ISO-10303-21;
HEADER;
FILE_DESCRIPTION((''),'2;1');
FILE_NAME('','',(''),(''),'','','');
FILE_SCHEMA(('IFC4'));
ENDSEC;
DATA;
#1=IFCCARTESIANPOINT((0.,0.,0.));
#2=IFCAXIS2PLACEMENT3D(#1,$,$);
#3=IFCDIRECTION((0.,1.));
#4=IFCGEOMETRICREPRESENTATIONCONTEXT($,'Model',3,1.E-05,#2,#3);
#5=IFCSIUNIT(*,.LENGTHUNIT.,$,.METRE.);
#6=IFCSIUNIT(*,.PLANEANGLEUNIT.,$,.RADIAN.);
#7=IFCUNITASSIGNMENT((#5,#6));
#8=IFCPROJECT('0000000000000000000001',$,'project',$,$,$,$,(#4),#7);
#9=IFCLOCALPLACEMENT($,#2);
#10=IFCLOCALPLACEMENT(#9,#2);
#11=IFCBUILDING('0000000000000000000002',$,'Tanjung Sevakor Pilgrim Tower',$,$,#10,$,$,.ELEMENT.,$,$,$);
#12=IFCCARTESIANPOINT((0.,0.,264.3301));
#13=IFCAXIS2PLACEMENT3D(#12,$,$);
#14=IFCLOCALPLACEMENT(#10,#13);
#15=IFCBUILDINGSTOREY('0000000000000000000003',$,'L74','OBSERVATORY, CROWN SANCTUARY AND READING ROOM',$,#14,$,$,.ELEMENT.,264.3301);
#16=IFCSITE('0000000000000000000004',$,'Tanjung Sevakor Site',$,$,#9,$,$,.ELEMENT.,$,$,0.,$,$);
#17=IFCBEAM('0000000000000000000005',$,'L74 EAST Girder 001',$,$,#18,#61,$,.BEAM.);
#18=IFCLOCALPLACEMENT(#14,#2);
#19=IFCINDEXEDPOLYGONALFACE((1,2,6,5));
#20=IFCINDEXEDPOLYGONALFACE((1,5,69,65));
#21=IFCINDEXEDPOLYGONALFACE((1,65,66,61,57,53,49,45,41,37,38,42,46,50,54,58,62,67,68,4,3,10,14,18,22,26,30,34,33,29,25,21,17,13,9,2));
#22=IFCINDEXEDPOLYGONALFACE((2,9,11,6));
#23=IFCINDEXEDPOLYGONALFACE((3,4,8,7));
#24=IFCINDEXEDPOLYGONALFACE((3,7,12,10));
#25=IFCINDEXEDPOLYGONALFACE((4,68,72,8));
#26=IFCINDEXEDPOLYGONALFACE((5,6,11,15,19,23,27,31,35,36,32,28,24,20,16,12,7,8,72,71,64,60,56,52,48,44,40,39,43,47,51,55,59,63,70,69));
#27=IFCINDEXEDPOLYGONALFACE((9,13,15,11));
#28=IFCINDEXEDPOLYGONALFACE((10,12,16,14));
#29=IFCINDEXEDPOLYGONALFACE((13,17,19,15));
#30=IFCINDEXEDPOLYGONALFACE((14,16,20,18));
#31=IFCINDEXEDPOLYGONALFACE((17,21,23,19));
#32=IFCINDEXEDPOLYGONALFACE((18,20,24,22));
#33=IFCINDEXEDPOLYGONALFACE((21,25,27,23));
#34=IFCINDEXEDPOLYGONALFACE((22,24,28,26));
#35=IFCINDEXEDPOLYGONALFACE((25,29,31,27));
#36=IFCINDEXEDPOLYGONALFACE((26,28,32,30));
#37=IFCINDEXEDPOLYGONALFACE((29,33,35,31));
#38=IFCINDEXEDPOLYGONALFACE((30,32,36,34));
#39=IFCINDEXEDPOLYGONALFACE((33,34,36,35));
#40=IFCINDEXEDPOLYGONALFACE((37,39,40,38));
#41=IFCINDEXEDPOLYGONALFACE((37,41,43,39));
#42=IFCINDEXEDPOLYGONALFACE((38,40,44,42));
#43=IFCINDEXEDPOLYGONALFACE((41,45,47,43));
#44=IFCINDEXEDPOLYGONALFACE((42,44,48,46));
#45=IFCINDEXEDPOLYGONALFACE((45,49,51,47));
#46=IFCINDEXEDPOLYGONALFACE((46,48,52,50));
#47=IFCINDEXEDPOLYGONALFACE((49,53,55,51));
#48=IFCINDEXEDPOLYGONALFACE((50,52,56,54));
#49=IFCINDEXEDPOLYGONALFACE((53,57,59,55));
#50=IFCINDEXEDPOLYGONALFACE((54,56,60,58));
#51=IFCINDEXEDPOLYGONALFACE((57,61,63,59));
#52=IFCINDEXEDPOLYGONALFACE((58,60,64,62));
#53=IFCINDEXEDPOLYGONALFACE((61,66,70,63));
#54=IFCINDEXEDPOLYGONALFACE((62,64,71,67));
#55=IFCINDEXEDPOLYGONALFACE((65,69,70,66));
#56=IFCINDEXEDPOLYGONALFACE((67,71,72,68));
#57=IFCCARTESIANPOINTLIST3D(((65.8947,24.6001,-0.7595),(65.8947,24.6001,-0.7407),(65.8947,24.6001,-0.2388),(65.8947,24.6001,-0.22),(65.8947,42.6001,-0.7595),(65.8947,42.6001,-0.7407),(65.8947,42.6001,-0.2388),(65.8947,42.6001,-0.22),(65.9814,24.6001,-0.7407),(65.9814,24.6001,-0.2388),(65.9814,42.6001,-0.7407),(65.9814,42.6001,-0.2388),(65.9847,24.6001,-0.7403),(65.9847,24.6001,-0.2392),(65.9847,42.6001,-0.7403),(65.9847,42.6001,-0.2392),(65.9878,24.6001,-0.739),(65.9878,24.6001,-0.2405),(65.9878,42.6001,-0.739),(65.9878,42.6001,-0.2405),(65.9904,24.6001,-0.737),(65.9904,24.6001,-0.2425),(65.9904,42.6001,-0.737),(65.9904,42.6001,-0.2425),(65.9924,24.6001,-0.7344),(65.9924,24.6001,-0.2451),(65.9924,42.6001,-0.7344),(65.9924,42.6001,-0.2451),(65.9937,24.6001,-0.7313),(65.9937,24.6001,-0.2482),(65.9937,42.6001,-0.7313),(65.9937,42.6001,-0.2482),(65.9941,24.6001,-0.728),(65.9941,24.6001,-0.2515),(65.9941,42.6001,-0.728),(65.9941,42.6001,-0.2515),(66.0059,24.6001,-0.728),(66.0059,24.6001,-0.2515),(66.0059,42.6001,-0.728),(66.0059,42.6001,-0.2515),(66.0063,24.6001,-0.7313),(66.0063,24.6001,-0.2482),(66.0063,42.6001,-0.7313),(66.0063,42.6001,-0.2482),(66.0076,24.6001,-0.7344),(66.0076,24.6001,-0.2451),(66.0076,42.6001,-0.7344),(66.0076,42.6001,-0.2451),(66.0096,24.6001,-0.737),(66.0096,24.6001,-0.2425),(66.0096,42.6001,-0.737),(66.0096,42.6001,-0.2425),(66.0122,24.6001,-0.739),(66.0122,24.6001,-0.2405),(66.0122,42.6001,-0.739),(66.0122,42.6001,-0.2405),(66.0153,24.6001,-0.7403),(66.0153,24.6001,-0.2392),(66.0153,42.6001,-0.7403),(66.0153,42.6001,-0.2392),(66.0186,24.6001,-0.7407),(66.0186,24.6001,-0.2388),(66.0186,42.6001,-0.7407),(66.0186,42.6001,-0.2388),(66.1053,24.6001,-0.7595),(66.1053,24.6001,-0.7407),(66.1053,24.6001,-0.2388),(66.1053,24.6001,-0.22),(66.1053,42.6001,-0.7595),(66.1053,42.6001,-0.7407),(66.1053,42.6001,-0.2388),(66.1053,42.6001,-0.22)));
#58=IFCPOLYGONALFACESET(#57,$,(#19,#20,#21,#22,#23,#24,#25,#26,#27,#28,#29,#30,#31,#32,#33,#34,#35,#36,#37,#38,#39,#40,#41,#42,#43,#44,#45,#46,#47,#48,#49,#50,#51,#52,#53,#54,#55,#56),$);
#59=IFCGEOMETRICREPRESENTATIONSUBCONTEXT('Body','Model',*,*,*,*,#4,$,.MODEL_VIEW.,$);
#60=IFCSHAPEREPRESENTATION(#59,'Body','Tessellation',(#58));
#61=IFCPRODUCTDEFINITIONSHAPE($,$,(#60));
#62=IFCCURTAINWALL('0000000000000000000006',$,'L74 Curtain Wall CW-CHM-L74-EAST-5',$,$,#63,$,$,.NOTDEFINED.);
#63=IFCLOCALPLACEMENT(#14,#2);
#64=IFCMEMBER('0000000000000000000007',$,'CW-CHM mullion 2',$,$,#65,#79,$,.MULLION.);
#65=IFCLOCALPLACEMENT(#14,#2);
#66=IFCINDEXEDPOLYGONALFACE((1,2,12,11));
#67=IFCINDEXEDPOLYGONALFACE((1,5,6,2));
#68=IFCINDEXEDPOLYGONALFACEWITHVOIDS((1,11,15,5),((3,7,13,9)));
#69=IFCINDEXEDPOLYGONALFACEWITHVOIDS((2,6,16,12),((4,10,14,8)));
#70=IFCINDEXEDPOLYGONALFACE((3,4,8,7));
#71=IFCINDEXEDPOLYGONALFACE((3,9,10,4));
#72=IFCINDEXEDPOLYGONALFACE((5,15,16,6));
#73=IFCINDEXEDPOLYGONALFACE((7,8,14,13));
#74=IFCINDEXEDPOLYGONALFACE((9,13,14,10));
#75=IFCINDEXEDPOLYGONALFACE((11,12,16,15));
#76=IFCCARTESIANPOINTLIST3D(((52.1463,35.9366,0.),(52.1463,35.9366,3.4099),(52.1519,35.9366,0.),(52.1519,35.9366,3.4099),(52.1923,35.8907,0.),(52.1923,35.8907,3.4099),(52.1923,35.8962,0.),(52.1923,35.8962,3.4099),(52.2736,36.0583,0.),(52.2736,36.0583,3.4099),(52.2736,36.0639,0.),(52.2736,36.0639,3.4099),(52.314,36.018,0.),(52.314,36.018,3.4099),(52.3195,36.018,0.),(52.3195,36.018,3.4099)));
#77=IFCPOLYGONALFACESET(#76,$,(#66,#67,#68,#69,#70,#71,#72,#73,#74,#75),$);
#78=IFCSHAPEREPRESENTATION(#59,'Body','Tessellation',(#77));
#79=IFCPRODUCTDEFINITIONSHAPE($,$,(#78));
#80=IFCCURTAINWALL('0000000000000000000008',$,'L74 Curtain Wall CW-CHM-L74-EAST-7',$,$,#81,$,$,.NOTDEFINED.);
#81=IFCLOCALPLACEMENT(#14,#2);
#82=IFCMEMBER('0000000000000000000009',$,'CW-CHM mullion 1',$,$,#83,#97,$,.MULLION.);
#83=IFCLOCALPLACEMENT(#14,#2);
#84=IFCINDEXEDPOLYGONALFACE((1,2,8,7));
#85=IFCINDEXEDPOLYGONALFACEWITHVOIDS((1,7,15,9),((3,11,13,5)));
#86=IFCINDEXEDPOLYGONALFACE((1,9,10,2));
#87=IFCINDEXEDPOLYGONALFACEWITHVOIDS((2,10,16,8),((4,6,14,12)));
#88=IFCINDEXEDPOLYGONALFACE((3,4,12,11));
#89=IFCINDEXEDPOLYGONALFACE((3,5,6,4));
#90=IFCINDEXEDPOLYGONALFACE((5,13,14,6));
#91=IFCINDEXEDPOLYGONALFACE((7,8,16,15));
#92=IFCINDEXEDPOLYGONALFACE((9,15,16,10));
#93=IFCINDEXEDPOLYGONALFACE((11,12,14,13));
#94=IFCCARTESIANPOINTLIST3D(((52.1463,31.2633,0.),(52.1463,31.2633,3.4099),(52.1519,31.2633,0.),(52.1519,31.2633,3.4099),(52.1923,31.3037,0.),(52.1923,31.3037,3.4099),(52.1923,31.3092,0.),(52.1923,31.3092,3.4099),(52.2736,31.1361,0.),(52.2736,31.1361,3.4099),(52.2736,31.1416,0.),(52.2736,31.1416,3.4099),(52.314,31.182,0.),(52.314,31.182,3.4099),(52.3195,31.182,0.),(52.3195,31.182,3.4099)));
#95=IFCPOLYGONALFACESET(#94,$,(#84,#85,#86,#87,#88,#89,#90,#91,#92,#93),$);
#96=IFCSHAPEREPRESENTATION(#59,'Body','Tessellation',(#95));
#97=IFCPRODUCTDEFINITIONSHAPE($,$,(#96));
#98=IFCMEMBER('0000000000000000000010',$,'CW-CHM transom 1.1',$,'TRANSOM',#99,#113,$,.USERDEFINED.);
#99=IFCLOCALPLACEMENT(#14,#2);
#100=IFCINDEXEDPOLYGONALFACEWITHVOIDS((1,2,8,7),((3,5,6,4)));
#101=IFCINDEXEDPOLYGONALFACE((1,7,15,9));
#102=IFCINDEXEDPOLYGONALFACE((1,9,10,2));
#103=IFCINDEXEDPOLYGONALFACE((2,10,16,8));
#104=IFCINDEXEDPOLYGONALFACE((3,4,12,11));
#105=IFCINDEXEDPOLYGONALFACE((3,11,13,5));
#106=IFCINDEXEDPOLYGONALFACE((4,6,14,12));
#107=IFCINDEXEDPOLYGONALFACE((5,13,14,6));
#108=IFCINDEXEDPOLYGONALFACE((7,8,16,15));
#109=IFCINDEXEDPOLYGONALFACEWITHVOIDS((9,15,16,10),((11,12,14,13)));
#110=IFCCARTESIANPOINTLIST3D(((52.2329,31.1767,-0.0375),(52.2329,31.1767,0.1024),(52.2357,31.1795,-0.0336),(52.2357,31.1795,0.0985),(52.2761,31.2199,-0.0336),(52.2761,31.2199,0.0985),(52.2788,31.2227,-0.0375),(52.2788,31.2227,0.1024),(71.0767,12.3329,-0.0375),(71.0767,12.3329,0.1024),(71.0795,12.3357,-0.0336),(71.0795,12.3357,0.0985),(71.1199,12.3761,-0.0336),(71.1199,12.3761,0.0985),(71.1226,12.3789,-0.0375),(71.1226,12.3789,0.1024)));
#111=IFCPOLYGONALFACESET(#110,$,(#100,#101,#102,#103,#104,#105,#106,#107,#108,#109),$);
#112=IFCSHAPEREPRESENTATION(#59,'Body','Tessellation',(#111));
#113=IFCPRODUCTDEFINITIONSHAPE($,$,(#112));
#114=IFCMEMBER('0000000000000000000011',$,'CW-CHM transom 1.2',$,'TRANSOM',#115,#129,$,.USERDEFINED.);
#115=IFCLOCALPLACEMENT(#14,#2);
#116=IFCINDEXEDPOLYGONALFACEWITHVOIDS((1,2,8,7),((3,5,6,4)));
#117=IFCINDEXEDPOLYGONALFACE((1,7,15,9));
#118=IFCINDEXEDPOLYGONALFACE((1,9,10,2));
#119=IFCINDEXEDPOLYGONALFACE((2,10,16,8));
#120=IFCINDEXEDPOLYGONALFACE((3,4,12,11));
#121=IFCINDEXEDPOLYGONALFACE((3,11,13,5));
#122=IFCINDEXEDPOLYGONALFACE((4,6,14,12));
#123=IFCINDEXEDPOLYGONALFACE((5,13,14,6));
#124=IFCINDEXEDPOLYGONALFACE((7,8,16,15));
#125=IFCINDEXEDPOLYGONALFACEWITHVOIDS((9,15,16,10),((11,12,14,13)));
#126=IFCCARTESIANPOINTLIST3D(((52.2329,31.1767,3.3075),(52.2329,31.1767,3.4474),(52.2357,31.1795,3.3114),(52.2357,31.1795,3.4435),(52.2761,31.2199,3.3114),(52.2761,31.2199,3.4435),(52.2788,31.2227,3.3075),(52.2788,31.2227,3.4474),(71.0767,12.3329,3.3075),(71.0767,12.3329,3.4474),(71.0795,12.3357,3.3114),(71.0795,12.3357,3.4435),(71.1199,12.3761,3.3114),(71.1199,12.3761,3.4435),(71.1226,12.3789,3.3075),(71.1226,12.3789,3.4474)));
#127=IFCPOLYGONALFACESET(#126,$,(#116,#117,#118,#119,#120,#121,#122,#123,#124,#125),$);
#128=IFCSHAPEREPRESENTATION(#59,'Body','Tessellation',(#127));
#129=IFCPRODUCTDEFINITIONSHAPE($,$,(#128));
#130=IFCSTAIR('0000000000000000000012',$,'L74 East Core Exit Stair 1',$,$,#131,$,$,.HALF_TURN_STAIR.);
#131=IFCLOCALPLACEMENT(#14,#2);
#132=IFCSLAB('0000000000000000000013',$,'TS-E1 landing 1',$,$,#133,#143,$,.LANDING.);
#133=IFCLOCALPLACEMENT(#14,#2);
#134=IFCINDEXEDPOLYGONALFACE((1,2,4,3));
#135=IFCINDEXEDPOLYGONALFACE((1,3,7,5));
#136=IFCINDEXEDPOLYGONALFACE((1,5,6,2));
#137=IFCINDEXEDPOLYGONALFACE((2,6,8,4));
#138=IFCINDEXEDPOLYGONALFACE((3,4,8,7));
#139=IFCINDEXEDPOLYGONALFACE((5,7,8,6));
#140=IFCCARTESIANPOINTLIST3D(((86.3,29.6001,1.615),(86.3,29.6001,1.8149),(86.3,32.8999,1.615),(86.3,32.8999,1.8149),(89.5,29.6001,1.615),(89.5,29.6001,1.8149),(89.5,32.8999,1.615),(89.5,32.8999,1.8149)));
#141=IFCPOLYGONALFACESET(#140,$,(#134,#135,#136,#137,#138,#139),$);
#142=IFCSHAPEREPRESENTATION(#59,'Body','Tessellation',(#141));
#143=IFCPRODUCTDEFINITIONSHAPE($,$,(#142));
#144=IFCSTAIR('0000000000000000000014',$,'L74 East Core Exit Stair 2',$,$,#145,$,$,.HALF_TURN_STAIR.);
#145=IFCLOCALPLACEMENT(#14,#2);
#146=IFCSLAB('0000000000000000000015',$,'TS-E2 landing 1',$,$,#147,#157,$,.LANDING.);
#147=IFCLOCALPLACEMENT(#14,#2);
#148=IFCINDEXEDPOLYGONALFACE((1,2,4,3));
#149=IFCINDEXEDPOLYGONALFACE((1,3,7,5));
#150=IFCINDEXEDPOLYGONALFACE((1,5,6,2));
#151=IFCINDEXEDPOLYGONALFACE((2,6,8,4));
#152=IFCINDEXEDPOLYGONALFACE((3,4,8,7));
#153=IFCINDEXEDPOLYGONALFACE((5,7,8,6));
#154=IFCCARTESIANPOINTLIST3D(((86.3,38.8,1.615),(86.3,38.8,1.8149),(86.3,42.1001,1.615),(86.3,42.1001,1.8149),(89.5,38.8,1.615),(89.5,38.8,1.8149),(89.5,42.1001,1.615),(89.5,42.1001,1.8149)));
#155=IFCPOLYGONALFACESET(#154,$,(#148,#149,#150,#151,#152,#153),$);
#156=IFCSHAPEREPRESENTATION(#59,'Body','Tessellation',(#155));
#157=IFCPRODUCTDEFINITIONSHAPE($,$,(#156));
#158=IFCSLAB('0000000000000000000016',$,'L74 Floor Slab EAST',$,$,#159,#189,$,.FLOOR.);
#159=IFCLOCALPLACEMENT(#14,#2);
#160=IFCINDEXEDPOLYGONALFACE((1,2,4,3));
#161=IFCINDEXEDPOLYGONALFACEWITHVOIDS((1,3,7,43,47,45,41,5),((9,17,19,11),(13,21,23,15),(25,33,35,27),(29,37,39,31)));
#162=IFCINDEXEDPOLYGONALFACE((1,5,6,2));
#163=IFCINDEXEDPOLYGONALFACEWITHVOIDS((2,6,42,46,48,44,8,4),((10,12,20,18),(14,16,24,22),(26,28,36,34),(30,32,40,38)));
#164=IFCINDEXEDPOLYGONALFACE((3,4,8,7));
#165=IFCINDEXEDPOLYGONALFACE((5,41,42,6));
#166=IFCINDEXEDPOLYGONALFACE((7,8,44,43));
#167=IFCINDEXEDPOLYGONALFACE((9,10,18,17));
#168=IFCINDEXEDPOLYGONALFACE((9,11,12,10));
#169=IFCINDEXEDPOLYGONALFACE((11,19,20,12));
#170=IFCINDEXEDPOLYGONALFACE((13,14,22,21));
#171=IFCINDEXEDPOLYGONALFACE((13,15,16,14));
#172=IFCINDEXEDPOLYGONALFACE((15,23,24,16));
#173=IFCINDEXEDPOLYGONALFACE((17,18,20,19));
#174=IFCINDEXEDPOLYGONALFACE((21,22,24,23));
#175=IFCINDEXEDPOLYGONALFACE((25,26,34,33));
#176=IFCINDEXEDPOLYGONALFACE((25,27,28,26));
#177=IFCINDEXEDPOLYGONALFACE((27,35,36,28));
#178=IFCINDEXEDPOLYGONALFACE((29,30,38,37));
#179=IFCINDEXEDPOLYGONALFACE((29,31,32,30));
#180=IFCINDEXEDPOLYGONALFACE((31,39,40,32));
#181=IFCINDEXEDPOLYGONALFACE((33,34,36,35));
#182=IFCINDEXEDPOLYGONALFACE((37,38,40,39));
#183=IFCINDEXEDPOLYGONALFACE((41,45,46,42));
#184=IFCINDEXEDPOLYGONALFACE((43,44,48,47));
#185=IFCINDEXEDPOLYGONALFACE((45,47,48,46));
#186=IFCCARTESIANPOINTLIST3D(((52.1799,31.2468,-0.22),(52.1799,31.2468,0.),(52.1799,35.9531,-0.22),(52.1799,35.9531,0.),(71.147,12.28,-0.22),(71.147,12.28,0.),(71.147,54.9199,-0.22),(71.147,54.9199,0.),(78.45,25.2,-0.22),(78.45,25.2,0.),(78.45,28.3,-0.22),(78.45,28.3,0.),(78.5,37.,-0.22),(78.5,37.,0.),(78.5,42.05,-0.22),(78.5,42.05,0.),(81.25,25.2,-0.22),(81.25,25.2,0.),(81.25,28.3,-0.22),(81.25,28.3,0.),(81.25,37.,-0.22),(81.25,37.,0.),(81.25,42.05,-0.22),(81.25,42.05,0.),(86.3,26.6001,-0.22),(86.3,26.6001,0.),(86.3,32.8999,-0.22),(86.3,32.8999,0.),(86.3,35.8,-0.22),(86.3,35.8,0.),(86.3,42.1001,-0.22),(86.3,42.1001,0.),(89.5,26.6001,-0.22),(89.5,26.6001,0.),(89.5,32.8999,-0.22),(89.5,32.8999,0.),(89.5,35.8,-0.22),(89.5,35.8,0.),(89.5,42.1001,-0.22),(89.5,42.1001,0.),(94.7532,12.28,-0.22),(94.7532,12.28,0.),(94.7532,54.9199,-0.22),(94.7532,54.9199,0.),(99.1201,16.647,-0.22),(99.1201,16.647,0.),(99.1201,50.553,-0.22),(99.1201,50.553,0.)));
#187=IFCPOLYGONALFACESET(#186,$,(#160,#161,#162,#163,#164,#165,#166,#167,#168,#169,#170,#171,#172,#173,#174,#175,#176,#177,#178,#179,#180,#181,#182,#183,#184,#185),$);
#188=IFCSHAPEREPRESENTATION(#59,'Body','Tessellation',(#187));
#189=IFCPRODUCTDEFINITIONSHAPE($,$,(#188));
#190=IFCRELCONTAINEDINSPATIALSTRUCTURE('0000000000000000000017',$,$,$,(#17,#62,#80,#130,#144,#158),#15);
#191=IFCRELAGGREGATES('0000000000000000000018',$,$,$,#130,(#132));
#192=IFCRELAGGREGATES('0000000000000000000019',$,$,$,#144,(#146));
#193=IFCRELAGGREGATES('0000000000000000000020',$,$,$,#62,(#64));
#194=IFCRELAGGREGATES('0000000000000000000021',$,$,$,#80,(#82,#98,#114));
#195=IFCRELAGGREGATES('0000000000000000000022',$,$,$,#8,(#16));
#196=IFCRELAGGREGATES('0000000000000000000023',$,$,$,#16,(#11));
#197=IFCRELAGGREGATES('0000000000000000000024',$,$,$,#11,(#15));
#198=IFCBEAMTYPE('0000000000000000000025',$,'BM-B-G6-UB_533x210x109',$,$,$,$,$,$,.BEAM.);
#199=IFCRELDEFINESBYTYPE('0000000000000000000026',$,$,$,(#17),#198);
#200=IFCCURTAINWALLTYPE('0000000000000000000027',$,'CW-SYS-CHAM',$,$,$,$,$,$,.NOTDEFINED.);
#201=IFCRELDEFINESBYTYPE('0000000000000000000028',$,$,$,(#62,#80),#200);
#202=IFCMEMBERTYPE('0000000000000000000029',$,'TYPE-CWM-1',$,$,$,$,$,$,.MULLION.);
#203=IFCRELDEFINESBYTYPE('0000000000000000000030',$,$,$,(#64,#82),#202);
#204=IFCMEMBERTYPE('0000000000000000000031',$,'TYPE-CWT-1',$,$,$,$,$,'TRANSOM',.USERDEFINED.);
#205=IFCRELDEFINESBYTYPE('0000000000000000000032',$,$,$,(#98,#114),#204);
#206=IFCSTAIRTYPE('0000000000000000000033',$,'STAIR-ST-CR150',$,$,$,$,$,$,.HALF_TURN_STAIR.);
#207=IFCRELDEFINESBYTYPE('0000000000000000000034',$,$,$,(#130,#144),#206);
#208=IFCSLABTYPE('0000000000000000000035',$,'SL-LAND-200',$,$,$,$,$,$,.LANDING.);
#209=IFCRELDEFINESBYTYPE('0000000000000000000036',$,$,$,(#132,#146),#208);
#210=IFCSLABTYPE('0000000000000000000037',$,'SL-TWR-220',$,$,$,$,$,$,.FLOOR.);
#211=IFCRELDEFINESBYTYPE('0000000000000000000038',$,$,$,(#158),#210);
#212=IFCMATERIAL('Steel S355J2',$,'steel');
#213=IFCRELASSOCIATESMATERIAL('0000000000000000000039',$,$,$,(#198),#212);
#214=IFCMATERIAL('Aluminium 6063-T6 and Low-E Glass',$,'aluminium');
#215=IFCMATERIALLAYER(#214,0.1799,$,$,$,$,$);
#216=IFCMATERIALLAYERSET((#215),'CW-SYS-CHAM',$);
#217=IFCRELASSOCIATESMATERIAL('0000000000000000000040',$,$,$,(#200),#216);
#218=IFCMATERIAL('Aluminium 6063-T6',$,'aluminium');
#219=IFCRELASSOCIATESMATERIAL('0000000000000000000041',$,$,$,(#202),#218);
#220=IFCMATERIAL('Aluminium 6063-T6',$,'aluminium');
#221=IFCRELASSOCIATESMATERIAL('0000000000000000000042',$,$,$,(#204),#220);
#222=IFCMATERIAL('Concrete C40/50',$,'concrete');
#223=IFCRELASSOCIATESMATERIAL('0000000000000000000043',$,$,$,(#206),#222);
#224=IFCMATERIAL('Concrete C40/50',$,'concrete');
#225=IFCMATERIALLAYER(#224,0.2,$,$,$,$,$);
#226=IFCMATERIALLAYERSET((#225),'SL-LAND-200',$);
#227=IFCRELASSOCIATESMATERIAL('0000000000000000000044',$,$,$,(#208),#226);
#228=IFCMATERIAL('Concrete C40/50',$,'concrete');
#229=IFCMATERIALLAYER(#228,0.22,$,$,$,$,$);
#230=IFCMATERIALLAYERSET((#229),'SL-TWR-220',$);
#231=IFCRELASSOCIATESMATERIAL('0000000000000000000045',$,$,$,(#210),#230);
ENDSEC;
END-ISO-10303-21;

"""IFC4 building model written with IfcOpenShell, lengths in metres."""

from ifc_helpers import new_model, si_unit, direction, frame, origin, origin_2d, place, context, subcontext, project, spatial, polyline, hollow_rectangle, i_section, outline, extrude, material, layer, layer_set, material_profile, profile_set, type_object, element, aggregate, save


model = new_model("IFC4")

# Units and contexts
model_context = context("Model", 3, precision=1e-05, world=origin(), true_north=direction((0.0, 1.0)))
body_context = subcontext(model_context, "Body", "Model", "MODEL_VIEW")
ifc_project = project(units=[si_unit("LENGTHUNIT", "METRE"), si_unit("PLANEANGLEUNIT", "RADIAN")], contexts=[model_context])

# Site, building, storey
site_placement = place(None, origin())
site = spatial("IfcSite", under=ifc_project, at=site_placement, Name="Tanjung Sevakor Site", CompositionType="ELEMENT", RefElevation=0.0)
building_placement = place(site_placement, origin())
building = spatial("IfcBuilding", under=site, at=building_placement, Name="Tanjung Sevakor Pilgrim Tower", CompositionType="ELEMENT")
storey_placement = place(building_placement, frame((0.0, 0.0, 264.3301)))
storey = spatial("IfcBuildingStorey", under=building, at=storey_placement, Name="L74", Description="OBSERVATORY, CROWN SANCTUARY AND READING ROOM", CompositionType="ELEMENT", Elevation=264.3301)

# Beam
ifc_material_1 = material(Name="Steel S355J2", Category="steel")
ifc_material_profile_1 = material_profile(ifc_material_1, i_section(OverallWidth=0.2107, OverallDepth=0.5396, WebThickness=0.0117, FlangeThickness=0.0188, FilletRadius=0.0127, at=origin_2d()))
ifc_profile_set_1 = profile_set([ifc_material_profile_1], Name="Steel S355J2")
beam_type_1 = type_object("IfcBeamType", Name="BM-B-G6-UB_533x210x109", PredefinedType="BEAM", material=ifc_profile_set_1)
beam_placement = place(storey_placement, frame((66.0, 24.6001, -0.4897), z_axis=(0.0, 1.0, 0.0), x_axis=(-1.0, 0.0, 0.0)))
element("IfcBeam", 1, at=beam_placement, inside=storey, type_object=beam_type_1, Name="L74 EAST Girder 001", PredefinedType="BEAM", context=body_context, shape_type="SweptSolid", body=[
    extrude(i_section(OverallWidth=0.2107, OverallDepth=0.5396, WebThickness=0.0117, FlangeThickness=0.0188, FilletRadius=0.0127, at=origin_2d()), origin(), (0.0, 0.0, 1.0), 18.0),
])

# Curtain wall, member
ifc_material_2 = material(Name="Aluminium 6063-T6 and Low-E Glass", Category="aluminium")
ifc_layer_1 = layer(ifc_material_2, 0.1799)
ifc_layer_set_1 = layer_set([ifc_layer_1], Name="CW-SYS-CHAM")
curtain_wall_type = type_object("IfcCurtainWallType", Name="CW-SYS-CHAM", PredefinedType="NOTDEFINED", material=ifc_layer_set_1)
curtain_wall_1_placement = place(storey_placement, origin())
curtain_wall_1 = element("IfcCurtainWall", 2, at=curtain_wall_1_placement, inside=storey, type_object=curtain_wall_type, Name="L74 Curtain Wall CW-CHM-L74-EAST-5", PredefinedType="NOTDEFINED")
ifc_material_3 = material(Name="Aluminium 6063-T6", Category="aluminium")
ifc_material_profile_2 = material_profile(ifc_material_3, hollow_rectangle(XDim=0.0649, YDim=0.1799, WallThickness=0.0039, at=origin_2d()))
ifc_profile_set_2 = profile_set([ifc_material_profile_2], Name="Aluminium 6063-T6")
member_type_1 = type_object("IfcMemberType", Name="TYPE-CWM-1", PredefinedType="MULLION", material=ifc_profile_set_2)
member_1_placement = place(storey_placement, frame((52.2329, 35.9773, 0.0), z_axis=(0.0, 0.0, 1.0), x_axis=(0.707107, -0.707107, 0.0)))
member_1 = element("IfcMember", 3, at=member_1_placement, type_object=member_type_1, Name="CW-CHM mullion 2", PredefinedType="MULLION", context=body_context, shape_type="SweptSolid", body=[
    extrude(hollow_rectangle(XDim=0.0649, YDim=0.1799, WallThickness=0.0039, at=origin_2d()), origin(), (0.0, 0.0, 1.0), 3.4099),
])

# Curtain wall, members
curtain_wall_2_placement = place(storey_placement, origin())
curtain_wall_2 = element("IfcCurtainWall", 4, at=curtain_wall_2_placement, inside=storey, type_object=curtain_wall_type, Name="L74 Curtain Wall CW-CHM-L74-EAST-7", PredefinedType="NOTDEFINED")
member_2_placement = place(storey_placement, frame((52.2329, 31.2227, 0.0), z_axis=(0.0, 0.0, 1.0), x_axis=(0.707107, 0.707107, 0.0)))
member_2 = element("IfcMember", 5, at=member_2_placement, type_object=member_type_1, Name="CW-CHM mullion 1", PredefinedType="MULLION", context=body_context, shape_type="SweptSolid", body=[
    extrude(hollow_rectangle(XDim=0.0649, YDim=0.1799, WallThickness=0.0039, at=origin_2d()), origin(), (0.0, 0.0, 1.0), 3.4099),
])
ifc_material_4 = material(Name="Aluminium 6063-T6", Category="aluminium")
ifc_material_profile_3 = material_profile(ifc_material_4, hollow_rectangle(XDim=0.0649, YDim=0.1399, WallThickness=0.0039, at=origin_2d()))
ifc_profile_set_3 = profile_set([ifc_material_profile_3], Name="Aluminium 6063-T6")
member_type_2 = type_object("IfcMemberType", Name="TYPE-CWT-1", ElementType="TRANSOM", PredefinedType="USERDEFINED", material=ifc_profile_set_3)
member_3_placement = place(storey_placement, frame((52.2559, 31.1997, 0.0325), z_axis=(0.707107, -0.707107, 0.0), x_axis=(0.707107, 0.707107, 0.0)))
member_3 = element("IfcMember", 6, at=member_3_placement, type_object=member_type_2, Name="CW-CHM transom 1.1", ObjectType="TRANSOM", PredefinedType="USERDEFINED", context=body_context, shape_type="SweptSolid", body=[
    extrude(hollow_rectangle(XDim=0.0649, YDim=0.1399, WallThickness=0.0039, at=origin_2d()), origin(), (0.0, 0.0, 1.0), 26.6492),
])
member_4_placement = place(storey_placement, frame((52.2559, 31.1997, 3.3774), z_axis=(0.707107, -0.707107, 0.0), x_axis=(0.707107, 0.707107, 0.0)))
member_4 = element("IfcMember", 7, at=member_4_placement, type_object=member_type_2, Name="CW-CHM transom 1.2", ObjectType="TRANSOM", PredefinedType="USERDEFINED", context=body_context, shape_type="SweptSolid", body=[
    extrude(hollow_rectangle(XDim=0.0649, YDim=0.1399, WallThickness=0.0039, at=origin_2d()), origin(), (0.0, 0.0, 1.0), 26.6492),
])

# Stairs, slabs
ifc_material_5 = material(Name="Concrete C40/50", Category="concrete")
stair_type = type_object("IfcStairType", Name="STAIR-ST-CR150", PredefinedType="HALF_TURN_STAIR", material=ifc_material_5)
stair_1_placement = place(storey_placement, origin())
stair_1 = element("IfcStair", 8, at=stair_1_placement, inside=storey, type_object=stair_type, Name="L74 East Core Exit Stair 1", PredefinedType="HALF_TURN_STAIR")
ifc_material_6 = material(Name="Concrete C40/50", Category="concrete")
ifc_layer_2 = layer(ifc_material_6, 0.2)
ifc_layer_set_2 = layer_set([ifc_layer_2], Name="SL-LAND-200")
slab_type_1 = type_object("IfcSlabType", Name="SL-LAND-200", PredefinedType="LANDING", material=ifc_layer_set_2)
slab_1_placement = place(storey_placement, frame((0.0, 0.0, 1.615)))
slab_1 = element("IfcSlab", 9, at=slab_1_placement, type_object=slab_type_1, Name="TS-E1 landing 1", PredefinedType="LANDING", context=body_context, shape_type="SweptSolid", body=[
    extrude(outline(polyline([(89.5, 29.6001), (89.5, 32.8999), (86.3, 32.8999), (86.3, 29.6001), (89.5, 29.6001)])), origin(), (0.0, 0.0, 1.0), 0.2),
])
aggregate(stair_1, [slab_1])
stair_2_placement = place(storey_placement, origin())
stair_2 = element("IfcStair", 10, at=stair_2_placement, inside=storey, type_object=stair_type, Name="L74 East Core Exit Stair 2", PredefinedType="HALF_TURN_STAIR")
slab_2_placement = place(storey_placement, frame((0.0, 0.0, 1.615)))
slab_2 = element("IfcSlab", 11, at=slab_2_placement, type_object=slab_type_1, Name="TS-E2 landing 1", PredefinedType="LANDING", context=body_context, shape_type="SweptSolid", body=[
    extrude(outline(polyline([(89.5, 38.8), (89.5, 42.1001), (86.3, 42.1001), (86.3, 38.8), (89.5, 38.8)])), origin(), (0.0, 0.0, 1.0), 0.2),
])
aggregate(stair_2, [slab_2])

# Slab
ifc_material_7 = material(Name="Concrete C40/50", Category="concrete")
ifc_layer_3 = layer(ifc_material_7, 0.22)
ifc_layer_set_3 = layer_set([ifc_layer_3], Name="SL-TWR-220")
slab_type_2 = type_object("IfcSlabType", Name="SL-TWR-220", PredefinedType="FLOOR", material=ifc_layer_set_3)
slab_3_placement = place(storey_placement, frame((0.0, 0.0, -0.22)))
element("IfcSlab", 12, at=slab_3_placement, inside=storey, type_object=slab_type_2, Name="L74 Floor Slab EAST", PredefinedType="FLOOR", context=body_context, shape_type="SweptSolid", body=[
    extrude(outline(polyline([(71.147, 12.28), (94.7532, 12.28), (99.1201, 16.647), (99.1201, 50.553), (94.7532, 54.9199), (71.147, 54.9199), (52.1799, 35.9531), (52.1799, 31.2468), (71.147, 12.28)]), holes=[polyline([(89.5, 26.6001), (89.5, 32.8999), (86.3, 32.8999), (86.3, 26.6001), (89.5, 26.6001)]), polyline([(89.5, 35.8), (89.5, 42.1001), (86.3, 42.1001), (86.3, 35.8), (89.5, 35.8)]), polyline([(78.45, 25.2), (81.25, 25.2), (81.25, 28.3), (78.45, 28.3), (78.45, 25.2)]), polyline([(78.5, 37.0), (81.25, 37.0), (81.25, 42.05), (78.5, 42.05), (78.5, 37.0)])]), origin(), (0.0, 0.0, 1.0), 0.22),
])

aggregate(curtain_wall_1, [member_1])
aggregate(curtain_wall_2, [member_2, member_3, member_4])

save(model, "model.ifc")
